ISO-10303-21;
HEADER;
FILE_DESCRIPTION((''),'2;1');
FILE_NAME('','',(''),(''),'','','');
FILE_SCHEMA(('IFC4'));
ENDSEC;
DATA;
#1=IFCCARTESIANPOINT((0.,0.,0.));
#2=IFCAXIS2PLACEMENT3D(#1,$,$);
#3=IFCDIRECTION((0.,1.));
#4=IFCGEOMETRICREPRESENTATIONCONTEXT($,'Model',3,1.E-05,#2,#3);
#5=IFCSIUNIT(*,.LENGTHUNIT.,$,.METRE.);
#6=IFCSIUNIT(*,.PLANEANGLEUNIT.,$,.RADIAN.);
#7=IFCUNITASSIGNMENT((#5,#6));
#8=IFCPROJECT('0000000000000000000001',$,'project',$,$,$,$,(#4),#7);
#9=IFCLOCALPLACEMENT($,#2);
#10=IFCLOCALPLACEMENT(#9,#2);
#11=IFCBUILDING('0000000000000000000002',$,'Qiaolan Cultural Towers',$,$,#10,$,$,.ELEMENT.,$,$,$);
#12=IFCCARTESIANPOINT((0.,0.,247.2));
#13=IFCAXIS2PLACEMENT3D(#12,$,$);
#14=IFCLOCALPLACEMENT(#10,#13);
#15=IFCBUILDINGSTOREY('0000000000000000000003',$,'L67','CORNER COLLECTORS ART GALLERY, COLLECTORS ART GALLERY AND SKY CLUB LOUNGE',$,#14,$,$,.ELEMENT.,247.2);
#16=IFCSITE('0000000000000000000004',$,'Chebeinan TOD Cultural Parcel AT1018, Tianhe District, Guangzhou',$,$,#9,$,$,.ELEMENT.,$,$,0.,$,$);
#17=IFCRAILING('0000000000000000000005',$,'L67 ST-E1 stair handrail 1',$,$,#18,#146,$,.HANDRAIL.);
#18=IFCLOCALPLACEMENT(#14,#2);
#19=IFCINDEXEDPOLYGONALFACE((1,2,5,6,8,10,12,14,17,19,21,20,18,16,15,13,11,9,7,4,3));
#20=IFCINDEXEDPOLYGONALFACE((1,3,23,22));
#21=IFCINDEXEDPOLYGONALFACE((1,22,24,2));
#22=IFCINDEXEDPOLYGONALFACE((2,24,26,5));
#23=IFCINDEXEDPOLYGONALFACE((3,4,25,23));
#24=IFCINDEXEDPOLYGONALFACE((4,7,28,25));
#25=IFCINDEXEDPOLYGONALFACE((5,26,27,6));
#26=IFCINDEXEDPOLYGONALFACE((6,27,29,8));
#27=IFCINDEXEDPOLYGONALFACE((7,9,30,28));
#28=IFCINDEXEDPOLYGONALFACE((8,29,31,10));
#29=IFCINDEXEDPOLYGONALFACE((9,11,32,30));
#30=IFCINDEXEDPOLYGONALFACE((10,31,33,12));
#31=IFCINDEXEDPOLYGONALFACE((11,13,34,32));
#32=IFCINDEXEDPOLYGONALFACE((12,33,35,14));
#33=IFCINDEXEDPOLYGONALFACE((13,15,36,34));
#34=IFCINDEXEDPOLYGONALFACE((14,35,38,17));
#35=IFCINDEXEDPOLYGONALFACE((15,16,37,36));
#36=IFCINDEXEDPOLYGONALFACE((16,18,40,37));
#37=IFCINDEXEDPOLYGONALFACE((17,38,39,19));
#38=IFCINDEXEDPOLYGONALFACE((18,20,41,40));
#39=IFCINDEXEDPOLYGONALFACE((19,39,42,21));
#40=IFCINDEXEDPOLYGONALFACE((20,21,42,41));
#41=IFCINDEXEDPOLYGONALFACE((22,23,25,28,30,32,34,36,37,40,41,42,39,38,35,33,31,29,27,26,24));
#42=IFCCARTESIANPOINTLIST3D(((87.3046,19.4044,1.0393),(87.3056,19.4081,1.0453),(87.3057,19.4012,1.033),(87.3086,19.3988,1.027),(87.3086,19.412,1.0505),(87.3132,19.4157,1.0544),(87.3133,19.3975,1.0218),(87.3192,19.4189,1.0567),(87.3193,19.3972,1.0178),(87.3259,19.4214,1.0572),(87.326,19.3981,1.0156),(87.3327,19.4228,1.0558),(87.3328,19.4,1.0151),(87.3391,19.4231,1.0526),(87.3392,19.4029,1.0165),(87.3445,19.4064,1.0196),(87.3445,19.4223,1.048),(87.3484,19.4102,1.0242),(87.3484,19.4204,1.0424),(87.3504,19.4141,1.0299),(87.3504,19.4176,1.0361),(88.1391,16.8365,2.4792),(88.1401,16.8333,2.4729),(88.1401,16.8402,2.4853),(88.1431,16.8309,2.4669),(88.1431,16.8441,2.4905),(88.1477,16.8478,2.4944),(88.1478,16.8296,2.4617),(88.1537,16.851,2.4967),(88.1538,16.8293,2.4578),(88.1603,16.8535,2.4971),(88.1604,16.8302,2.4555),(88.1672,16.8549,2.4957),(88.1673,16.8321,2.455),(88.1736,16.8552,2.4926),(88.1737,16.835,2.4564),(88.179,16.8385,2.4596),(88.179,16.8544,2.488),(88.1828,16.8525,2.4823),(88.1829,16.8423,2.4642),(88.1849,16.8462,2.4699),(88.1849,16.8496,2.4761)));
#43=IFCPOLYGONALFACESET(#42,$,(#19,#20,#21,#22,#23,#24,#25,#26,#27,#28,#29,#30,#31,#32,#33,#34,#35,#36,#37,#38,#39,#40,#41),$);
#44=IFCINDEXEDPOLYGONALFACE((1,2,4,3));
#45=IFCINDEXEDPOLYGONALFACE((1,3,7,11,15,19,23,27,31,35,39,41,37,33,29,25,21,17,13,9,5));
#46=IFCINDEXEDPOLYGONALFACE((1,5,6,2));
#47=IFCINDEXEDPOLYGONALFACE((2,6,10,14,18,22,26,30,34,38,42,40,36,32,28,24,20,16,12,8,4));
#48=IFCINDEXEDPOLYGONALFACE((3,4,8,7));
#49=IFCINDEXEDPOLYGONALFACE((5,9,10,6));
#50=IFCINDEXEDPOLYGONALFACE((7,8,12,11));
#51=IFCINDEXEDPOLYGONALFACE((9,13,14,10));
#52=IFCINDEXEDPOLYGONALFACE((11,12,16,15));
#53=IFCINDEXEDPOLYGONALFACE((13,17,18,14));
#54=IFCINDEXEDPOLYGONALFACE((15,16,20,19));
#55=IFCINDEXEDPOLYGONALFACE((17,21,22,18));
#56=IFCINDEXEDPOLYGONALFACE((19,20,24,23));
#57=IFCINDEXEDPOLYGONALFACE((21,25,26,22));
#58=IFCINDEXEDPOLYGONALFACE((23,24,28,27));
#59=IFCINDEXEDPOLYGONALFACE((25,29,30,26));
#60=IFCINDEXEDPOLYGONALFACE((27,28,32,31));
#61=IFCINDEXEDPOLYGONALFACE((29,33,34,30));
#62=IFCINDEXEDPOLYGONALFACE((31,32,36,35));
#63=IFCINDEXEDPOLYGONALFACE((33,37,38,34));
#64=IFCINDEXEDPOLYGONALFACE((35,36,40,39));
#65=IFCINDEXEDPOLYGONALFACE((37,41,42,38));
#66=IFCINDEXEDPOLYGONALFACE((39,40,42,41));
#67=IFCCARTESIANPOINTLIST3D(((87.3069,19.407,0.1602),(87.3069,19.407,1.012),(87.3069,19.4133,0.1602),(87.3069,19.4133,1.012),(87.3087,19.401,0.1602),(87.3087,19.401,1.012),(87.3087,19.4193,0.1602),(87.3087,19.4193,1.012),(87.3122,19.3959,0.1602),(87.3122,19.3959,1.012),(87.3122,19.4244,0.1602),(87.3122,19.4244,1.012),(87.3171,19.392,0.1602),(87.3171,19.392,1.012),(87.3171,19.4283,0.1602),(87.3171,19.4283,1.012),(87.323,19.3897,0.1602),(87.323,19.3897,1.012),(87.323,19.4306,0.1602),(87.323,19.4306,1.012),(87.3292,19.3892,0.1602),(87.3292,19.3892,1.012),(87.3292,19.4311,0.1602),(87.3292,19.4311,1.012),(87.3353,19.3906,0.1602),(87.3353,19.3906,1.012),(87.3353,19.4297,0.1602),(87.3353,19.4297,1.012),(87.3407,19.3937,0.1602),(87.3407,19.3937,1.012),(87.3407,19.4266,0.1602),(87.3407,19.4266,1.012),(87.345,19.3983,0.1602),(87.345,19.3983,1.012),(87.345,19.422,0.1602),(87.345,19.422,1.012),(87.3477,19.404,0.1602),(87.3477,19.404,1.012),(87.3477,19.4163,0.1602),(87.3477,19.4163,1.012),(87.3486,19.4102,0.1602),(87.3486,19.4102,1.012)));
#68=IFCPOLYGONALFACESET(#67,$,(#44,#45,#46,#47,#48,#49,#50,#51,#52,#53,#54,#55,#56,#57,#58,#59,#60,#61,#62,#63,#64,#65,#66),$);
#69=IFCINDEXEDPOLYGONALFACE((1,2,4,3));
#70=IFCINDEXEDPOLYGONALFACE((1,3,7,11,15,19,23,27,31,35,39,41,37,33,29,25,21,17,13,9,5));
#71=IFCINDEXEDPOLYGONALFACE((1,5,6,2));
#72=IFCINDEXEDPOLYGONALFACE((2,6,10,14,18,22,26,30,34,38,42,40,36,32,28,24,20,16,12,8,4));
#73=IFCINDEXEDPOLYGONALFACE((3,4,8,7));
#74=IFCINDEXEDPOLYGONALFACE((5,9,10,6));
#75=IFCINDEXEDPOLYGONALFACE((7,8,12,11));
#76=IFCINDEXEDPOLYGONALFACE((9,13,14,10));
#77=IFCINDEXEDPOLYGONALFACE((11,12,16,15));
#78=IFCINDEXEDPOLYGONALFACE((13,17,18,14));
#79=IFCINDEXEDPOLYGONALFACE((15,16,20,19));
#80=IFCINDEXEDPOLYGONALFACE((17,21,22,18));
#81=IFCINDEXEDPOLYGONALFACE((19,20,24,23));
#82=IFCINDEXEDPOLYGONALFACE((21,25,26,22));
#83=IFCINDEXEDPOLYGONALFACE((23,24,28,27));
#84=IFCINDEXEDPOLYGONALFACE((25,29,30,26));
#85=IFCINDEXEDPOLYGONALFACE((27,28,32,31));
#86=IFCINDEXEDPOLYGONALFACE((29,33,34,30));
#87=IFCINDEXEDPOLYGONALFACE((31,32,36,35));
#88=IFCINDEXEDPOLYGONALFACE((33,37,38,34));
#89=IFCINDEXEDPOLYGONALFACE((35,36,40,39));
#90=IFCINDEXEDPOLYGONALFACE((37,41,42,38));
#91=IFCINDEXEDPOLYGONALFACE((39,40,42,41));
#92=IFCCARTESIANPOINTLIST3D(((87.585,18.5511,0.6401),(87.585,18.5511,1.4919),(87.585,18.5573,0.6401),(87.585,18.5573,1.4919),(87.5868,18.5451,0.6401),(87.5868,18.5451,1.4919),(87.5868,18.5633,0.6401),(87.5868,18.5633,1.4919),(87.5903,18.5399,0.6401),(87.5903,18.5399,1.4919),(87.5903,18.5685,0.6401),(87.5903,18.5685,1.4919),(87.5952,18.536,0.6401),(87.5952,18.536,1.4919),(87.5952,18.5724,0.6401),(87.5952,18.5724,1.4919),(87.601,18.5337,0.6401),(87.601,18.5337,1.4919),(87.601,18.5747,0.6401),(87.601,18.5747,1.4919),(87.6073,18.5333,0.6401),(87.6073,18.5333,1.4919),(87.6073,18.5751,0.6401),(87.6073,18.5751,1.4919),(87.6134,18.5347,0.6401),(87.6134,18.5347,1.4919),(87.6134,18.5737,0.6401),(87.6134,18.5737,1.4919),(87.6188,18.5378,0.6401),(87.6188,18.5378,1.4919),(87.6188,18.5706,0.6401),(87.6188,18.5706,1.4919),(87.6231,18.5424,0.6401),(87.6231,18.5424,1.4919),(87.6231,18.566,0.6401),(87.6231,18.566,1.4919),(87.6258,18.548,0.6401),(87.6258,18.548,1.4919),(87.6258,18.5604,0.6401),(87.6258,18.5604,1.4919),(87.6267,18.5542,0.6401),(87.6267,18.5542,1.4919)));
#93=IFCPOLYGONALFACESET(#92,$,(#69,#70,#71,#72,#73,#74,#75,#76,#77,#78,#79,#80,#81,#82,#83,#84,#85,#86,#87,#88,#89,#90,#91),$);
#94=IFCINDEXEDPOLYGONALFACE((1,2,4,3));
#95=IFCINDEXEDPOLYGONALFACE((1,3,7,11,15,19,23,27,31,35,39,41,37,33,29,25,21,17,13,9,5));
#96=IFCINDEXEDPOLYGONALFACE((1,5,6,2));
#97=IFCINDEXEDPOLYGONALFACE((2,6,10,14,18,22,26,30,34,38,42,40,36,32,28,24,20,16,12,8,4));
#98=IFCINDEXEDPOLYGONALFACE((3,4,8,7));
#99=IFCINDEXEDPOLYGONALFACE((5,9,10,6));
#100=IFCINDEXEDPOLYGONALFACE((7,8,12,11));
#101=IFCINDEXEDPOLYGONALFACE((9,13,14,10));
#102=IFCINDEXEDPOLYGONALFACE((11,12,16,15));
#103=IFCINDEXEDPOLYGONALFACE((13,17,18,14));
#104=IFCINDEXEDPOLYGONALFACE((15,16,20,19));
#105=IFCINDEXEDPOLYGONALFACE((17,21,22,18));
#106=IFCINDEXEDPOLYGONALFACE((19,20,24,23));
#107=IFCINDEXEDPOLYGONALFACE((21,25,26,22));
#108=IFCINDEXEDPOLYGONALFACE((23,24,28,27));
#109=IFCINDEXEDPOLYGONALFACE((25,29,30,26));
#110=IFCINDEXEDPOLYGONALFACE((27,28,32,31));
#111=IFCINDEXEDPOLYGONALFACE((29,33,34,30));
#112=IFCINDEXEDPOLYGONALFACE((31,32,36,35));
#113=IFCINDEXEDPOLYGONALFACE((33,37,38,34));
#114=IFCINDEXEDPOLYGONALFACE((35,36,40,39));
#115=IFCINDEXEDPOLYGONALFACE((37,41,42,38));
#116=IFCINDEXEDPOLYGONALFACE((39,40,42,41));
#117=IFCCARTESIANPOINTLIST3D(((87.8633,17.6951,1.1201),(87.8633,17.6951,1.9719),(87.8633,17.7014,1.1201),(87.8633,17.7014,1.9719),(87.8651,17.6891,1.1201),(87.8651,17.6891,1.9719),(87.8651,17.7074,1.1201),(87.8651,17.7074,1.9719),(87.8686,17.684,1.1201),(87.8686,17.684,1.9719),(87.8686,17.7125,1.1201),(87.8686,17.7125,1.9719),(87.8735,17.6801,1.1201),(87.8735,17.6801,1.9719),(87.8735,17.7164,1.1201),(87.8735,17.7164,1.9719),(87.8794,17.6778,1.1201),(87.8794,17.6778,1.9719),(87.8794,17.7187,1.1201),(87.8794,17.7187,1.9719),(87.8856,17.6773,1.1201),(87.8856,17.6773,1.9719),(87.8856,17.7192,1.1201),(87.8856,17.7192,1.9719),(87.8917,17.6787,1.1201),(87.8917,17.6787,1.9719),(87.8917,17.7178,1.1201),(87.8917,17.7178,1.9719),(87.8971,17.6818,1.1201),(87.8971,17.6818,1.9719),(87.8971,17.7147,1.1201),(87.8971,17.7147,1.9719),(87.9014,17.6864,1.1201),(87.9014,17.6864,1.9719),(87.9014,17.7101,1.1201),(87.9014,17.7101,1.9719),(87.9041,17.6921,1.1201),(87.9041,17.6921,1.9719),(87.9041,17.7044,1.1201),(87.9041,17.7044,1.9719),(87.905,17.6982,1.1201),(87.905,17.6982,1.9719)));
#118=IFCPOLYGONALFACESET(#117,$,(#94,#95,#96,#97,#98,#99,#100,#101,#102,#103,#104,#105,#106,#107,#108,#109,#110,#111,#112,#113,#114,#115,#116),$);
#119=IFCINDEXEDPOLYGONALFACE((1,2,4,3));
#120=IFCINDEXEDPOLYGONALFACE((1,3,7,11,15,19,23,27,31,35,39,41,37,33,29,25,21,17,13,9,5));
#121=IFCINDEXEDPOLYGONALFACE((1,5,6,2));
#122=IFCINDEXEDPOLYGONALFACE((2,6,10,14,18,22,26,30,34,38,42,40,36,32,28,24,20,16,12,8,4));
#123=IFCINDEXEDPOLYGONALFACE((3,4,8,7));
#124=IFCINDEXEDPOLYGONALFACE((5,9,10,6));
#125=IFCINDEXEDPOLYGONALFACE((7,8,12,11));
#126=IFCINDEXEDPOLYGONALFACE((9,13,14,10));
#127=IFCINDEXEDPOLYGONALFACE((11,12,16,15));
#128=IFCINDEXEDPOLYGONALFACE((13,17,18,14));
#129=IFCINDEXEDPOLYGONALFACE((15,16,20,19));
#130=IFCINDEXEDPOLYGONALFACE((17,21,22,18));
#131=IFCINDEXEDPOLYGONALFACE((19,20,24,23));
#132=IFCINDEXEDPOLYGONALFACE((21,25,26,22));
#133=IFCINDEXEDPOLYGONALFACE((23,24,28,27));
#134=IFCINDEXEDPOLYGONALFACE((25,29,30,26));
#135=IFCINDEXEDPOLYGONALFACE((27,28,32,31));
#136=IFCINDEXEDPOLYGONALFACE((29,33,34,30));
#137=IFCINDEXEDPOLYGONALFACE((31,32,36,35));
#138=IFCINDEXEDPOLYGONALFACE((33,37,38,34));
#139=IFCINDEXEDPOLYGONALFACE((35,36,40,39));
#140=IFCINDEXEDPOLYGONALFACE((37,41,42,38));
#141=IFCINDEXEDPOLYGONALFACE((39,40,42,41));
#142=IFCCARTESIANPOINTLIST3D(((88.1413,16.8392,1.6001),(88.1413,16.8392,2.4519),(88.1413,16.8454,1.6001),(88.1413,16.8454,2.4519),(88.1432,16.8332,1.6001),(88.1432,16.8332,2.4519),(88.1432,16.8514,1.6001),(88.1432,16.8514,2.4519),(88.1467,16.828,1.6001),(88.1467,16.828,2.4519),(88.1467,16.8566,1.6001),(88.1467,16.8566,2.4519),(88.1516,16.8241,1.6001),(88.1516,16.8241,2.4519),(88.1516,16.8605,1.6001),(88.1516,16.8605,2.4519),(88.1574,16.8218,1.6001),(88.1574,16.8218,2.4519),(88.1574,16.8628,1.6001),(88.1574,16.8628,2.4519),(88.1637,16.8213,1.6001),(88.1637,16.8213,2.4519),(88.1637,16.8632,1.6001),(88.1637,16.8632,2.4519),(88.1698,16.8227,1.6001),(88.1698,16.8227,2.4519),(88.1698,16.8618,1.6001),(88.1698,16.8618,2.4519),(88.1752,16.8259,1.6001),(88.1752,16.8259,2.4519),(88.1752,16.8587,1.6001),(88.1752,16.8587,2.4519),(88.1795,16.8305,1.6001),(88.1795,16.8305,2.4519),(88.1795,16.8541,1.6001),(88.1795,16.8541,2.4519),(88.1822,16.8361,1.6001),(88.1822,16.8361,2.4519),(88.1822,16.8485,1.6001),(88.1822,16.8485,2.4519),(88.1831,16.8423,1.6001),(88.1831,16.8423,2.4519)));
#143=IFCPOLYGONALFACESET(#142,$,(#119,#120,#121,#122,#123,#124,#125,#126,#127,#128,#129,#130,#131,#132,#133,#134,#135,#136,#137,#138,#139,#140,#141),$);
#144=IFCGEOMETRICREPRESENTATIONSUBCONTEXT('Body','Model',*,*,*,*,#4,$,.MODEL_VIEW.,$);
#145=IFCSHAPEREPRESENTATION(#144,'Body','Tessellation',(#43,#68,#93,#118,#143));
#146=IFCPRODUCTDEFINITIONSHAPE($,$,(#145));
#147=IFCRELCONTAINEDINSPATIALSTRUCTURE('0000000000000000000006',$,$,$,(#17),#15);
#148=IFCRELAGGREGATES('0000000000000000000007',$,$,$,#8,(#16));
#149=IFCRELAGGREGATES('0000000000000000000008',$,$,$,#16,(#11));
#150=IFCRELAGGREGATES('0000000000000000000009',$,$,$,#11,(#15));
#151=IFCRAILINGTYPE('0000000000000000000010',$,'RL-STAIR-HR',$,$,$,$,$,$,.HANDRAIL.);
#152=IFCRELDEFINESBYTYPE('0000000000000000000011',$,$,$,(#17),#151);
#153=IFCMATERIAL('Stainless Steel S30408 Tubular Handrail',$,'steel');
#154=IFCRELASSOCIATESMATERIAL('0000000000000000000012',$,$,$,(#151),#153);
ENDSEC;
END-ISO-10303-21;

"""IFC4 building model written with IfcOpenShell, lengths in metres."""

from ifc_helpers import new_model, si_unit, direction, frame, origin, origin_2d, place, context, subcontext, project, spatial, circle, extrude, material, type_object, element, save


model = new_model("IFC4")

# Units and contexts
model_context = context("Model", 3, precision=1e-05, world=origin(), true_north=direction((0.0, 1.0)))
body_context = subcontext(model_context, "Body", "Model", "MODEL_VIEW")
ifc_project = project(units=[si_unit("LENGTHUNIT", "METRE"), si_unit("PLANEANGLEUNIT", "RADIAN")], contexts=[model_context])

# Site, building, storey
site_placement = place(None, origin())
site = spatial("IfcSite", under=ifc_project, at=site_placement, Name="Chebeinan TOD Cultural Parcel AT1018, Tianhe District, Guangzhou", CompositionType="ELEMENT", RefElevation=0.0)
building_placement = place(site_placement, origin())
building = spatial("IfcBuilding", under=site, at=building_placement, Name="Qiaolan Cultural Towers", CompositionType="ELEMENT")
storey_placement = place(building_placement, frame((0.0, 0.0, 247.2)))
storey = spatial("IfcBuildingStorey", under=building, at=storey_placement, Name="L67", Description="CORNER COLLECTORS ART GALLERY, COLLECTORS ART GALLERY AND SKY CLUB LOUNGE", CompositionType="ELEMENT", Elevation=247.2)

# Railing
ifc_material_1 = material(Name="Stainless Steel S30408 Tubular Handrail", Category="steel")
railing_type = type_object("IfcRailingType", Name="RL-STAIR-HR", PredefinedType="HANDRAIL", material=ifc_material_1)
railing_placement = place(storey_placement, frame((87.3276, 19.4102, 0.1602)))
element("IfcRailing", 1, at=railing_placement, inside=storey, type_object=railing_type, Name="L67 ST-E1 stair handrail 1", PredefinedType="HANDRAIL", context=body_context, shape_type="SweptSolid", body=[
    extrude(circle(Radius=0.0239, at=origin_2d()), frame((0.0, 0.0, 0.876), z_axis=(0.272701, -0.839167, 0.470566), x_axis=(0.951043, 0.309057, 0.0)), (0.0, 0.0, 1.0), 3.0601),
    extrude(circle(Radius=0.021, at=origin_2d()), origin(), (0.0, 0.0, 1.0), 0.8518),
    extrude(circle(Radius=0.021, at=origin_2d()), frame((0.2781, -0.856, 0.48)), (0.0, 0.0, 1.0), 0.8518),
    extrude(circle(Radius=0.021, at=origin_2d()), frame((0.5564, -1.7119, 0.96)), (0.0, 0.0, 1.0), 0.8518),
    extrude(circle(Radius=0.021, at=origin_2d()), frame((0.8345, -2.5679, 1.4399)), (0.0, 0.0, 1.0), 0.8518),
])

save(model, "model.ifc")
